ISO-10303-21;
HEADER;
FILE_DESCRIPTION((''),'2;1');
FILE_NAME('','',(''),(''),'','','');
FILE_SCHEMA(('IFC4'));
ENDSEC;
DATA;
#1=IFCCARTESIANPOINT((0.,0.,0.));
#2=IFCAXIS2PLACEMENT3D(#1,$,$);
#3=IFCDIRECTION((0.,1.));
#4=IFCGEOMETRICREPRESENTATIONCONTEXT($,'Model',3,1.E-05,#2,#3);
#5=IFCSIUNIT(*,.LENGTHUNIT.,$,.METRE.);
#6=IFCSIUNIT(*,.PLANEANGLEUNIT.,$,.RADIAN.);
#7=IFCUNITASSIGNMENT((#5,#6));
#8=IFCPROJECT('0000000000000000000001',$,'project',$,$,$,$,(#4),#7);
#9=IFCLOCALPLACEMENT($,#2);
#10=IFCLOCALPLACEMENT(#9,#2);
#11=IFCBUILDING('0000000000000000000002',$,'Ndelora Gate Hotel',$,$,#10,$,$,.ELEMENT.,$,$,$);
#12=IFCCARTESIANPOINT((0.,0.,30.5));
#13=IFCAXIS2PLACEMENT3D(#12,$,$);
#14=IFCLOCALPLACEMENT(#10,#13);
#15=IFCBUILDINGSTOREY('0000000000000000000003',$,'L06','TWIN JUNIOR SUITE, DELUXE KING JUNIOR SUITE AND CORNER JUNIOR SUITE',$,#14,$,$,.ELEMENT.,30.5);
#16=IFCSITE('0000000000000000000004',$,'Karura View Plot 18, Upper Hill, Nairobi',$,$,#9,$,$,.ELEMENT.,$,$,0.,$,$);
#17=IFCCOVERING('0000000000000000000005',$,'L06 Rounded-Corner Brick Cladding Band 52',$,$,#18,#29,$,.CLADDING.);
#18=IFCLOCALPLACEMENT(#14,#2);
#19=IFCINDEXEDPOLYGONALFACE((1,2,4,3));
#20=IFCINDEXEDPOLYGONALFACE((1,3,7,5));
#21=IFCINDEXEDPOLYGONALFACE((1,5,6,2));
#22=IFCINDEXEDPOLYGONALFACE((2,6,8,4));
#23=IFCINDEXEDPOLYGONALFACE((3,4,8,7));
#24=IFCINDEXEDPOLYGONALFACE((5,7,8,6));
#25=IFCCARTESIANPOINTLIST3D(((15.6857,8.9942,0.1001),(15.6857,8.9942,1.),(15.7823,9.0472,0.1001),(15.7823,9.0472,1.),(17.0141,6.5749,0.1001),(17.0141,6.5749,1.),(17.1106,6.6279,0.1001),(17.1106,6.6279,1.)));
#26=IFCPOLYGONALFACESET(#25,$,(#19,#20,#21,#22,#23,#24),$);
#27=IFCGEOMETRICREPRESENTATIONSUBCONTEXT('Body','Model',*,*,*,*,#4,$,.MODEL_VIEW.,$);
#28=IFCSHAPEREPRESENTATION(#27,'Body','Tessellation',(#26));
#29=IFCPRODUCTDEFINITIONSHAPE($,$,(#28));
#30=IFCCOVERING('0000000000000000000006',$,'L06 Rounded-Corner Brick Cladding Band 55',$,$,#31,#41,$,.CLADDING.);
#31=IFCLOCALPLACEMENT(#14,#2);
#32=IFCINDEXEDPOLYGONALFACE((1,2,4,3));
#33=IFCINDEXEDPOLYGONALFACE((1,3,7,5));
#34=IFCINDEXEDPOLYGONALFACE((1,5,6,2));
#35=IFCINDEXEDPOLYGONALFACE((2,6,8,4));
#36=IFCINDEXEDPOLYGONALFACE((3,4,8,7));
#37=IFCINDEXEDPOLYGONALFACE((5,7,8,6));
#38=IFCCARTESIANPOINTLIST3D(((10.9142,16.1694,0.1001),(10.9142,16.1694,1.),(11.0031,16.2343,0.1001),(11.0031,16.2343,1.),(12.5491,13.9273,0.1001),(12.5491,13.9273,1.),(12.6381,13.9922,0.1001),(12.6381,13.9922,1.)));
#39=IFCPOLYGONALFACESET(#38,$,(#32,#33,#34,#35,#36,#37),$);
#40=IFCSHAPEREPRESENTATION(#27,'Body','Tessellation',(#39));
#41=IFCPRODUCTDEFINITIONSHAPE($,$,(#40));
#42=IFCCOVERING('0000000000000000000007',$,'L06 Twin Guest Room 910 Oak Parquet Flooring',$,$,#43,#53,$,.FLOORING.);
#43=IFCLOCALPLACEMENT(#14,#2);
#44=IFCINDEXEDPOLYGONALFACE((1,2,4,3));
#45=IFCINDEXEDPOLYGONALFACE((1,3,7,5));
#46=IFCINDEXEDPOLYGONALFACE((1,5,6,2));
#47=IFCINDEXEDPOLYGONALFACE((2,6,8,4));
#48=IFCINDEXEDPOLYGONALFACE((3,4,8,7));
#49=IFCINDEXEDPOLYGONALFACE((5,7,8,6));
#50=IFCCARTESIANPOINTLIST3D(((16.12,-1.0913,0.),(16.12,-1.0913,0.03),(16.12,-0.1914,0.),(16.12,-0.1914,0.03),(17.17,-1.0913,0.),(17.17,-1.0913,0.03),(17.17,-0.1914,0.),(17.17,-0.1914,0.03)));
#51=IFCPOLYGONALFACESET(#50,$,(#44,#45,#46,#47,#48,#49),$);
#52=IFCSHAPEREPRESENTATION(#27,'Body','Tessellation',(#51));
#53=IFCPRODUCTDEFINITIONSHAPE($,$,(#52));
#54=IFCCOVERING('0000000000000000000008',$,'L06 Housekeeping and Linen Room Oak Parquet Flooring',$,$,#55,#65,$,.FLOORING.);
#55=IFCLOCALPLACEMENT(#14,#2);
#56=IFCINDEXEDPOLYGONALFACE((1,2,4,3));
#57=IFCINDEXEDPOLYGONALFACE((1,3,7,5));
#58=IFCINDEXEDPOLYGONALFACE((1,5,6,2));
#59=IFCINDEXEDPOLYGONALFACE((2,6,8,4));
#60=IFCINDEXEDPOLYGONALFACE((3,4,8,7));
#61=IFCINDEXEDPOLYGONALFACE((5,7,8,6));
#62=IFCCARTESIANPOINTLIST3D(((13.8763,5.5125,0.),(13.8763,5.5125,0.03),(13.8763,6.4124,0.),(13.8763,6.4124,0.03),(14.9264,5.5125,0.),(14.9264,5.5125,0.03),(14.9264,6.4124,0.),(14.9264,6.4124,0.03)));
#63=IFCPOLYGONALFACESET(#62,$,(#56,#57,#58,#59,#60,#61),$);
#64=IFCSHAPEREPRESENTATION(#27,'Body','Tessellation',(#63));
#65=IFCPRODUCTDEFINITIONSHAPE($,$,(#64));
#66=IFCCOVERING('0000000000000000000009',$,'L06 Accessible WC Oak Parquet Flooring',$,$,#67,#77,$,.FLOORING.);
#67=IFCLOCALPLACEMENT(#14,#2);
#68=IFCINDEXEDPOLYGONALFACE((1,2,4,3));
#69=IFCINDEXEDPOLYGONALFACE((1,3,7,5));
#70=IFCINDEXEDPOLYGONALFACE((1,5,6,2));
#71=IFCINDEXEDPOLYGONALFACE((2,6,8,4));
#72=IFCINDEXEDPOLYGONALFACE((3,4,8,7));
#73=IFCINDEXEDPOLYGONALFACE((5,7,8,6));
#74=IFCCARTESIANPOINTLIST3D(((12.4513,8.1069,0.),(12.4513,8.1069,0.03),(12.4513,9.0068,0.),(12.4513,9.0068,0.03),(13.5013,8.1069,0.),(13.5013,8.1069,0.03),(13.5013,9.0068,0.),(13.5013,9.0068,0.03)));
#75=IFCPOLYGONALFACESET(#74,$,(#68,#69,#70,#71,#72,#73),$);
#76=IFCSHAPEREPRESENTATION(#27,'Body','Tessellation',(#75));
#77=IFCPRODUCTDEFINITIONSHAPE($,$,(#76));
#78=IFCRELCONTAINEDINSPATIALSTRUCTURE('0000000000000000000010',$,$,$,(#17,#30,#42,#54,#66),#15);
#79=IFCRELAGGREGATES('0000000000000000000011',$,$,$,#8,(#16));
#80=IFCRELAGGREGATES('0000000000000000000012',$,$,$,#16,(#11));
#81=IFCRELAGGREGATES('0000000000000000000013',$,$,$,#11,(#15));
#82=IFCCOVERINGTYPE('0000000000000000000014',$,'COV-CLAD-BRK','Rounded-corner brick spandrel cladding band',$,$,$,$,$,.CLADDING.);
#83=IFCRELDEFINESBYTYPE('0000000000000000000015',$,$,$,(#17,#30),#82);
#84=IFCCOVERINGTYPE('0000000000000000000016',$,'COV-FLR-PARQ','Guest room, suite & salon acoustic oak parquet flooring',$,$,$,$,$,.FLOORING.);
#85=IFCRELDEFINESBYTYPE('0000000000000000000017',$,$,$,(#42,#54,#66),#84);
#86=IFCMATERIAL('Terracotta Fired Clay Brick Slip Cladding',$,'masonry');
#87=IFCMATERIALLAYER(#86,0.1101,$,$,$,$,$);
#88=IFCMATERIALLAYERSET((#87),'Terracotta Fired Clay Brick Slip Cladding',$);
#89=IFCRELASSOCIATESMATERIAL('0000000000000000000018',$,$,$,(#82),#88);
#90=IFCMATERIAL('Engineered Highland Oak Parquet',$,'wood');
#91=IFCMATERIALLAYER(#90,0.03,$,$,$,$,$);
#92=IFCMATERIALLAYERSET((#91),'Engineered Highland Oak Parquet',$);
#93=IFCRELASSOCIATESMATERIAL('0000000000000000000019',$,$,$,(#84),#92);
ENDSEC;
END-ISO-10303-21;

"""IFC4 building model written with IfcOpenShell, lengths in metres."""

from ifc_helpers import new_model, si_unit, direction, frame, origin, origin_2d, place, context, subcontext, project, spatial, rectangle, extrude, material, layer, layer_set, type_object, element, save


model = new_model("IFC4")

# Units and contexts
model_context = context("Model", 3, precision=1e-05, world=origin(), true_north=direction((0.0, 1.0)))
body_context = subcontext(model_context, "Body", "Model", "MODEL_VIEW")
ifc_project = project(units=[si_unit("LENGTHUNIT", "METRE"), si_unit("PLANEANGLEUNIT", "RADIAN")], contexts=[model_context])

# Site, building, storey
site_placement = place(None, origin())
site = spatial("IfcSite", under=ifc_project, at=site_placement, Name="Karura View Plot 18, Upper Hill, Nairobi", CompositionType="ELEMENT", RefElevation=0.0)
building_placement = place(site_placement, origin())
building = spatial("IfcBuilding", under=site, at=building_placement, Name="Ndelora Gate Hotel", CompositionType="ELEMENT")
storey_placement = place(building_placement, frame((0.0, 0.0, 30.5)))
storey = spatial("IfcBuildingStorey", under=building, at=storey_placement, Name="L06", Description="TWIN JUNIOR SUITE, DELUXE KING JUNIOR SUITE AND CORNER JUNIOR SUITE", CompositionType="ELEMENT", Elevation=30.5)

# Coverings
ifc_material_1 = material(Name="Terracotta Fired Clay Brick Slip Cladding", Category="masonry")
ifc_layer_1 = layer(ifc_material_1, 0.1101)
ifc_layer_set_1 = layer_set([ifc_layer_1], Name="Terracotta Fired Clay Brick Slip Cladding")
covering_type_1 = type_object("IfcCoveringType", Name="COV-CLAD-BRK", Description="Rounded-corner brick spandrel cladding band", PredefinedType="CLADDING", material=ifc_layer_set_1)
covering_1_placement = place(storey_placement, frame((16.3982, 7.811, 0.1001), z_axis=(0.0, 0.0, 1.0), x_axis=(-0.481295, 0.876559, 0.0)))
element("IfcCovering", 1, at=covering_1_placement, inside=storey, type_object=covering_type_1, Name="L06 Rounded-Corner Brick Cladding Band 52", PredefinedType="CLADDING", context=body_context, shape_type="SweptSolid", body=[
    extrude(rectangle(XDim=2.76, YDim=0.1101, at=origin_2d()), origin(), (0.0, 0.0, 1.0), 0.8999),
])
covering_2_placement = place(storey_placement, frame((11.7761, 15.0808, 0.1001), z_axis=(0.0, 0.0, 1.0), x_axis=(-0.589196, 0.80799, 0.0)))
element("IfcCovering", 2, at=covering_2_placement, inside=storey, type_object=covering_type_1, Name="L06 Rounded-Corner Brick Cladding Band 55", PredefinedType="CLADDING", context=body_context, shape_type="SweptSolid", body=[
    extrude(rectangle(XDim=2.7749, YDim=0.1101, at=origin_2d()), origin(), (0.0, 0.0, 1.0), 0.8999),
])
ifc_material_2 = material(Name="Engineered Highland Oak Parquet", Category="wood")
ifc_layer_2 = layer(ifc_material_2, 0.03)
ifc_layer_set_2 = layer_set([ifc_layer_2], Name="Engineered Highland Oak Parquet")
covering_type_2 = type_object("IfcCoveringType", Name="COV-FLR-PARQ", Description="Guest room, suite & salon acoustic oak parquet flooring", PredefinedType="FLOORING", material=ifc_layer_set_2)
for number, where, z_axis, x_axis, name in (
    (3, (16.645, -0.6414, 0.0), (0.0, 0.0, 1.0), (1.0, 0.0, 0.0), "L06 Twin Guest Room 910 Oak Parquet Flooring"),
    (4, (14.4014, 5.9624, 0.0), (0.0, 0.0, 1.0), (1.0, 0.0, 0.0), "L06 Housekeeping and Linen Room Oak Parquet Flooring"),
    (5, (12.9763, 8.5569, 0.0), (0.0, 0.0, 1.0), (1.0, 0.0, 0.0), "L06 Accessible WC Oak Parquet Flooring"),
):
    element("IfcCovering", number, at=place(storey_placement, frame(where, z_axis=z_axis, x_axis=x_axis)), inside=storey, type_object=covering_type_2, Name=name, PredefinedType="FLOORING", context=body_context, shape_type="SweptSolid", body=[
        extrude(rectangle(XDim=1.05, YDim=0.8999, at=origin_2d()), origin(), (0.0, 0.0, 1.0), 0.03),
    ])

save(model, "model.ifc")
